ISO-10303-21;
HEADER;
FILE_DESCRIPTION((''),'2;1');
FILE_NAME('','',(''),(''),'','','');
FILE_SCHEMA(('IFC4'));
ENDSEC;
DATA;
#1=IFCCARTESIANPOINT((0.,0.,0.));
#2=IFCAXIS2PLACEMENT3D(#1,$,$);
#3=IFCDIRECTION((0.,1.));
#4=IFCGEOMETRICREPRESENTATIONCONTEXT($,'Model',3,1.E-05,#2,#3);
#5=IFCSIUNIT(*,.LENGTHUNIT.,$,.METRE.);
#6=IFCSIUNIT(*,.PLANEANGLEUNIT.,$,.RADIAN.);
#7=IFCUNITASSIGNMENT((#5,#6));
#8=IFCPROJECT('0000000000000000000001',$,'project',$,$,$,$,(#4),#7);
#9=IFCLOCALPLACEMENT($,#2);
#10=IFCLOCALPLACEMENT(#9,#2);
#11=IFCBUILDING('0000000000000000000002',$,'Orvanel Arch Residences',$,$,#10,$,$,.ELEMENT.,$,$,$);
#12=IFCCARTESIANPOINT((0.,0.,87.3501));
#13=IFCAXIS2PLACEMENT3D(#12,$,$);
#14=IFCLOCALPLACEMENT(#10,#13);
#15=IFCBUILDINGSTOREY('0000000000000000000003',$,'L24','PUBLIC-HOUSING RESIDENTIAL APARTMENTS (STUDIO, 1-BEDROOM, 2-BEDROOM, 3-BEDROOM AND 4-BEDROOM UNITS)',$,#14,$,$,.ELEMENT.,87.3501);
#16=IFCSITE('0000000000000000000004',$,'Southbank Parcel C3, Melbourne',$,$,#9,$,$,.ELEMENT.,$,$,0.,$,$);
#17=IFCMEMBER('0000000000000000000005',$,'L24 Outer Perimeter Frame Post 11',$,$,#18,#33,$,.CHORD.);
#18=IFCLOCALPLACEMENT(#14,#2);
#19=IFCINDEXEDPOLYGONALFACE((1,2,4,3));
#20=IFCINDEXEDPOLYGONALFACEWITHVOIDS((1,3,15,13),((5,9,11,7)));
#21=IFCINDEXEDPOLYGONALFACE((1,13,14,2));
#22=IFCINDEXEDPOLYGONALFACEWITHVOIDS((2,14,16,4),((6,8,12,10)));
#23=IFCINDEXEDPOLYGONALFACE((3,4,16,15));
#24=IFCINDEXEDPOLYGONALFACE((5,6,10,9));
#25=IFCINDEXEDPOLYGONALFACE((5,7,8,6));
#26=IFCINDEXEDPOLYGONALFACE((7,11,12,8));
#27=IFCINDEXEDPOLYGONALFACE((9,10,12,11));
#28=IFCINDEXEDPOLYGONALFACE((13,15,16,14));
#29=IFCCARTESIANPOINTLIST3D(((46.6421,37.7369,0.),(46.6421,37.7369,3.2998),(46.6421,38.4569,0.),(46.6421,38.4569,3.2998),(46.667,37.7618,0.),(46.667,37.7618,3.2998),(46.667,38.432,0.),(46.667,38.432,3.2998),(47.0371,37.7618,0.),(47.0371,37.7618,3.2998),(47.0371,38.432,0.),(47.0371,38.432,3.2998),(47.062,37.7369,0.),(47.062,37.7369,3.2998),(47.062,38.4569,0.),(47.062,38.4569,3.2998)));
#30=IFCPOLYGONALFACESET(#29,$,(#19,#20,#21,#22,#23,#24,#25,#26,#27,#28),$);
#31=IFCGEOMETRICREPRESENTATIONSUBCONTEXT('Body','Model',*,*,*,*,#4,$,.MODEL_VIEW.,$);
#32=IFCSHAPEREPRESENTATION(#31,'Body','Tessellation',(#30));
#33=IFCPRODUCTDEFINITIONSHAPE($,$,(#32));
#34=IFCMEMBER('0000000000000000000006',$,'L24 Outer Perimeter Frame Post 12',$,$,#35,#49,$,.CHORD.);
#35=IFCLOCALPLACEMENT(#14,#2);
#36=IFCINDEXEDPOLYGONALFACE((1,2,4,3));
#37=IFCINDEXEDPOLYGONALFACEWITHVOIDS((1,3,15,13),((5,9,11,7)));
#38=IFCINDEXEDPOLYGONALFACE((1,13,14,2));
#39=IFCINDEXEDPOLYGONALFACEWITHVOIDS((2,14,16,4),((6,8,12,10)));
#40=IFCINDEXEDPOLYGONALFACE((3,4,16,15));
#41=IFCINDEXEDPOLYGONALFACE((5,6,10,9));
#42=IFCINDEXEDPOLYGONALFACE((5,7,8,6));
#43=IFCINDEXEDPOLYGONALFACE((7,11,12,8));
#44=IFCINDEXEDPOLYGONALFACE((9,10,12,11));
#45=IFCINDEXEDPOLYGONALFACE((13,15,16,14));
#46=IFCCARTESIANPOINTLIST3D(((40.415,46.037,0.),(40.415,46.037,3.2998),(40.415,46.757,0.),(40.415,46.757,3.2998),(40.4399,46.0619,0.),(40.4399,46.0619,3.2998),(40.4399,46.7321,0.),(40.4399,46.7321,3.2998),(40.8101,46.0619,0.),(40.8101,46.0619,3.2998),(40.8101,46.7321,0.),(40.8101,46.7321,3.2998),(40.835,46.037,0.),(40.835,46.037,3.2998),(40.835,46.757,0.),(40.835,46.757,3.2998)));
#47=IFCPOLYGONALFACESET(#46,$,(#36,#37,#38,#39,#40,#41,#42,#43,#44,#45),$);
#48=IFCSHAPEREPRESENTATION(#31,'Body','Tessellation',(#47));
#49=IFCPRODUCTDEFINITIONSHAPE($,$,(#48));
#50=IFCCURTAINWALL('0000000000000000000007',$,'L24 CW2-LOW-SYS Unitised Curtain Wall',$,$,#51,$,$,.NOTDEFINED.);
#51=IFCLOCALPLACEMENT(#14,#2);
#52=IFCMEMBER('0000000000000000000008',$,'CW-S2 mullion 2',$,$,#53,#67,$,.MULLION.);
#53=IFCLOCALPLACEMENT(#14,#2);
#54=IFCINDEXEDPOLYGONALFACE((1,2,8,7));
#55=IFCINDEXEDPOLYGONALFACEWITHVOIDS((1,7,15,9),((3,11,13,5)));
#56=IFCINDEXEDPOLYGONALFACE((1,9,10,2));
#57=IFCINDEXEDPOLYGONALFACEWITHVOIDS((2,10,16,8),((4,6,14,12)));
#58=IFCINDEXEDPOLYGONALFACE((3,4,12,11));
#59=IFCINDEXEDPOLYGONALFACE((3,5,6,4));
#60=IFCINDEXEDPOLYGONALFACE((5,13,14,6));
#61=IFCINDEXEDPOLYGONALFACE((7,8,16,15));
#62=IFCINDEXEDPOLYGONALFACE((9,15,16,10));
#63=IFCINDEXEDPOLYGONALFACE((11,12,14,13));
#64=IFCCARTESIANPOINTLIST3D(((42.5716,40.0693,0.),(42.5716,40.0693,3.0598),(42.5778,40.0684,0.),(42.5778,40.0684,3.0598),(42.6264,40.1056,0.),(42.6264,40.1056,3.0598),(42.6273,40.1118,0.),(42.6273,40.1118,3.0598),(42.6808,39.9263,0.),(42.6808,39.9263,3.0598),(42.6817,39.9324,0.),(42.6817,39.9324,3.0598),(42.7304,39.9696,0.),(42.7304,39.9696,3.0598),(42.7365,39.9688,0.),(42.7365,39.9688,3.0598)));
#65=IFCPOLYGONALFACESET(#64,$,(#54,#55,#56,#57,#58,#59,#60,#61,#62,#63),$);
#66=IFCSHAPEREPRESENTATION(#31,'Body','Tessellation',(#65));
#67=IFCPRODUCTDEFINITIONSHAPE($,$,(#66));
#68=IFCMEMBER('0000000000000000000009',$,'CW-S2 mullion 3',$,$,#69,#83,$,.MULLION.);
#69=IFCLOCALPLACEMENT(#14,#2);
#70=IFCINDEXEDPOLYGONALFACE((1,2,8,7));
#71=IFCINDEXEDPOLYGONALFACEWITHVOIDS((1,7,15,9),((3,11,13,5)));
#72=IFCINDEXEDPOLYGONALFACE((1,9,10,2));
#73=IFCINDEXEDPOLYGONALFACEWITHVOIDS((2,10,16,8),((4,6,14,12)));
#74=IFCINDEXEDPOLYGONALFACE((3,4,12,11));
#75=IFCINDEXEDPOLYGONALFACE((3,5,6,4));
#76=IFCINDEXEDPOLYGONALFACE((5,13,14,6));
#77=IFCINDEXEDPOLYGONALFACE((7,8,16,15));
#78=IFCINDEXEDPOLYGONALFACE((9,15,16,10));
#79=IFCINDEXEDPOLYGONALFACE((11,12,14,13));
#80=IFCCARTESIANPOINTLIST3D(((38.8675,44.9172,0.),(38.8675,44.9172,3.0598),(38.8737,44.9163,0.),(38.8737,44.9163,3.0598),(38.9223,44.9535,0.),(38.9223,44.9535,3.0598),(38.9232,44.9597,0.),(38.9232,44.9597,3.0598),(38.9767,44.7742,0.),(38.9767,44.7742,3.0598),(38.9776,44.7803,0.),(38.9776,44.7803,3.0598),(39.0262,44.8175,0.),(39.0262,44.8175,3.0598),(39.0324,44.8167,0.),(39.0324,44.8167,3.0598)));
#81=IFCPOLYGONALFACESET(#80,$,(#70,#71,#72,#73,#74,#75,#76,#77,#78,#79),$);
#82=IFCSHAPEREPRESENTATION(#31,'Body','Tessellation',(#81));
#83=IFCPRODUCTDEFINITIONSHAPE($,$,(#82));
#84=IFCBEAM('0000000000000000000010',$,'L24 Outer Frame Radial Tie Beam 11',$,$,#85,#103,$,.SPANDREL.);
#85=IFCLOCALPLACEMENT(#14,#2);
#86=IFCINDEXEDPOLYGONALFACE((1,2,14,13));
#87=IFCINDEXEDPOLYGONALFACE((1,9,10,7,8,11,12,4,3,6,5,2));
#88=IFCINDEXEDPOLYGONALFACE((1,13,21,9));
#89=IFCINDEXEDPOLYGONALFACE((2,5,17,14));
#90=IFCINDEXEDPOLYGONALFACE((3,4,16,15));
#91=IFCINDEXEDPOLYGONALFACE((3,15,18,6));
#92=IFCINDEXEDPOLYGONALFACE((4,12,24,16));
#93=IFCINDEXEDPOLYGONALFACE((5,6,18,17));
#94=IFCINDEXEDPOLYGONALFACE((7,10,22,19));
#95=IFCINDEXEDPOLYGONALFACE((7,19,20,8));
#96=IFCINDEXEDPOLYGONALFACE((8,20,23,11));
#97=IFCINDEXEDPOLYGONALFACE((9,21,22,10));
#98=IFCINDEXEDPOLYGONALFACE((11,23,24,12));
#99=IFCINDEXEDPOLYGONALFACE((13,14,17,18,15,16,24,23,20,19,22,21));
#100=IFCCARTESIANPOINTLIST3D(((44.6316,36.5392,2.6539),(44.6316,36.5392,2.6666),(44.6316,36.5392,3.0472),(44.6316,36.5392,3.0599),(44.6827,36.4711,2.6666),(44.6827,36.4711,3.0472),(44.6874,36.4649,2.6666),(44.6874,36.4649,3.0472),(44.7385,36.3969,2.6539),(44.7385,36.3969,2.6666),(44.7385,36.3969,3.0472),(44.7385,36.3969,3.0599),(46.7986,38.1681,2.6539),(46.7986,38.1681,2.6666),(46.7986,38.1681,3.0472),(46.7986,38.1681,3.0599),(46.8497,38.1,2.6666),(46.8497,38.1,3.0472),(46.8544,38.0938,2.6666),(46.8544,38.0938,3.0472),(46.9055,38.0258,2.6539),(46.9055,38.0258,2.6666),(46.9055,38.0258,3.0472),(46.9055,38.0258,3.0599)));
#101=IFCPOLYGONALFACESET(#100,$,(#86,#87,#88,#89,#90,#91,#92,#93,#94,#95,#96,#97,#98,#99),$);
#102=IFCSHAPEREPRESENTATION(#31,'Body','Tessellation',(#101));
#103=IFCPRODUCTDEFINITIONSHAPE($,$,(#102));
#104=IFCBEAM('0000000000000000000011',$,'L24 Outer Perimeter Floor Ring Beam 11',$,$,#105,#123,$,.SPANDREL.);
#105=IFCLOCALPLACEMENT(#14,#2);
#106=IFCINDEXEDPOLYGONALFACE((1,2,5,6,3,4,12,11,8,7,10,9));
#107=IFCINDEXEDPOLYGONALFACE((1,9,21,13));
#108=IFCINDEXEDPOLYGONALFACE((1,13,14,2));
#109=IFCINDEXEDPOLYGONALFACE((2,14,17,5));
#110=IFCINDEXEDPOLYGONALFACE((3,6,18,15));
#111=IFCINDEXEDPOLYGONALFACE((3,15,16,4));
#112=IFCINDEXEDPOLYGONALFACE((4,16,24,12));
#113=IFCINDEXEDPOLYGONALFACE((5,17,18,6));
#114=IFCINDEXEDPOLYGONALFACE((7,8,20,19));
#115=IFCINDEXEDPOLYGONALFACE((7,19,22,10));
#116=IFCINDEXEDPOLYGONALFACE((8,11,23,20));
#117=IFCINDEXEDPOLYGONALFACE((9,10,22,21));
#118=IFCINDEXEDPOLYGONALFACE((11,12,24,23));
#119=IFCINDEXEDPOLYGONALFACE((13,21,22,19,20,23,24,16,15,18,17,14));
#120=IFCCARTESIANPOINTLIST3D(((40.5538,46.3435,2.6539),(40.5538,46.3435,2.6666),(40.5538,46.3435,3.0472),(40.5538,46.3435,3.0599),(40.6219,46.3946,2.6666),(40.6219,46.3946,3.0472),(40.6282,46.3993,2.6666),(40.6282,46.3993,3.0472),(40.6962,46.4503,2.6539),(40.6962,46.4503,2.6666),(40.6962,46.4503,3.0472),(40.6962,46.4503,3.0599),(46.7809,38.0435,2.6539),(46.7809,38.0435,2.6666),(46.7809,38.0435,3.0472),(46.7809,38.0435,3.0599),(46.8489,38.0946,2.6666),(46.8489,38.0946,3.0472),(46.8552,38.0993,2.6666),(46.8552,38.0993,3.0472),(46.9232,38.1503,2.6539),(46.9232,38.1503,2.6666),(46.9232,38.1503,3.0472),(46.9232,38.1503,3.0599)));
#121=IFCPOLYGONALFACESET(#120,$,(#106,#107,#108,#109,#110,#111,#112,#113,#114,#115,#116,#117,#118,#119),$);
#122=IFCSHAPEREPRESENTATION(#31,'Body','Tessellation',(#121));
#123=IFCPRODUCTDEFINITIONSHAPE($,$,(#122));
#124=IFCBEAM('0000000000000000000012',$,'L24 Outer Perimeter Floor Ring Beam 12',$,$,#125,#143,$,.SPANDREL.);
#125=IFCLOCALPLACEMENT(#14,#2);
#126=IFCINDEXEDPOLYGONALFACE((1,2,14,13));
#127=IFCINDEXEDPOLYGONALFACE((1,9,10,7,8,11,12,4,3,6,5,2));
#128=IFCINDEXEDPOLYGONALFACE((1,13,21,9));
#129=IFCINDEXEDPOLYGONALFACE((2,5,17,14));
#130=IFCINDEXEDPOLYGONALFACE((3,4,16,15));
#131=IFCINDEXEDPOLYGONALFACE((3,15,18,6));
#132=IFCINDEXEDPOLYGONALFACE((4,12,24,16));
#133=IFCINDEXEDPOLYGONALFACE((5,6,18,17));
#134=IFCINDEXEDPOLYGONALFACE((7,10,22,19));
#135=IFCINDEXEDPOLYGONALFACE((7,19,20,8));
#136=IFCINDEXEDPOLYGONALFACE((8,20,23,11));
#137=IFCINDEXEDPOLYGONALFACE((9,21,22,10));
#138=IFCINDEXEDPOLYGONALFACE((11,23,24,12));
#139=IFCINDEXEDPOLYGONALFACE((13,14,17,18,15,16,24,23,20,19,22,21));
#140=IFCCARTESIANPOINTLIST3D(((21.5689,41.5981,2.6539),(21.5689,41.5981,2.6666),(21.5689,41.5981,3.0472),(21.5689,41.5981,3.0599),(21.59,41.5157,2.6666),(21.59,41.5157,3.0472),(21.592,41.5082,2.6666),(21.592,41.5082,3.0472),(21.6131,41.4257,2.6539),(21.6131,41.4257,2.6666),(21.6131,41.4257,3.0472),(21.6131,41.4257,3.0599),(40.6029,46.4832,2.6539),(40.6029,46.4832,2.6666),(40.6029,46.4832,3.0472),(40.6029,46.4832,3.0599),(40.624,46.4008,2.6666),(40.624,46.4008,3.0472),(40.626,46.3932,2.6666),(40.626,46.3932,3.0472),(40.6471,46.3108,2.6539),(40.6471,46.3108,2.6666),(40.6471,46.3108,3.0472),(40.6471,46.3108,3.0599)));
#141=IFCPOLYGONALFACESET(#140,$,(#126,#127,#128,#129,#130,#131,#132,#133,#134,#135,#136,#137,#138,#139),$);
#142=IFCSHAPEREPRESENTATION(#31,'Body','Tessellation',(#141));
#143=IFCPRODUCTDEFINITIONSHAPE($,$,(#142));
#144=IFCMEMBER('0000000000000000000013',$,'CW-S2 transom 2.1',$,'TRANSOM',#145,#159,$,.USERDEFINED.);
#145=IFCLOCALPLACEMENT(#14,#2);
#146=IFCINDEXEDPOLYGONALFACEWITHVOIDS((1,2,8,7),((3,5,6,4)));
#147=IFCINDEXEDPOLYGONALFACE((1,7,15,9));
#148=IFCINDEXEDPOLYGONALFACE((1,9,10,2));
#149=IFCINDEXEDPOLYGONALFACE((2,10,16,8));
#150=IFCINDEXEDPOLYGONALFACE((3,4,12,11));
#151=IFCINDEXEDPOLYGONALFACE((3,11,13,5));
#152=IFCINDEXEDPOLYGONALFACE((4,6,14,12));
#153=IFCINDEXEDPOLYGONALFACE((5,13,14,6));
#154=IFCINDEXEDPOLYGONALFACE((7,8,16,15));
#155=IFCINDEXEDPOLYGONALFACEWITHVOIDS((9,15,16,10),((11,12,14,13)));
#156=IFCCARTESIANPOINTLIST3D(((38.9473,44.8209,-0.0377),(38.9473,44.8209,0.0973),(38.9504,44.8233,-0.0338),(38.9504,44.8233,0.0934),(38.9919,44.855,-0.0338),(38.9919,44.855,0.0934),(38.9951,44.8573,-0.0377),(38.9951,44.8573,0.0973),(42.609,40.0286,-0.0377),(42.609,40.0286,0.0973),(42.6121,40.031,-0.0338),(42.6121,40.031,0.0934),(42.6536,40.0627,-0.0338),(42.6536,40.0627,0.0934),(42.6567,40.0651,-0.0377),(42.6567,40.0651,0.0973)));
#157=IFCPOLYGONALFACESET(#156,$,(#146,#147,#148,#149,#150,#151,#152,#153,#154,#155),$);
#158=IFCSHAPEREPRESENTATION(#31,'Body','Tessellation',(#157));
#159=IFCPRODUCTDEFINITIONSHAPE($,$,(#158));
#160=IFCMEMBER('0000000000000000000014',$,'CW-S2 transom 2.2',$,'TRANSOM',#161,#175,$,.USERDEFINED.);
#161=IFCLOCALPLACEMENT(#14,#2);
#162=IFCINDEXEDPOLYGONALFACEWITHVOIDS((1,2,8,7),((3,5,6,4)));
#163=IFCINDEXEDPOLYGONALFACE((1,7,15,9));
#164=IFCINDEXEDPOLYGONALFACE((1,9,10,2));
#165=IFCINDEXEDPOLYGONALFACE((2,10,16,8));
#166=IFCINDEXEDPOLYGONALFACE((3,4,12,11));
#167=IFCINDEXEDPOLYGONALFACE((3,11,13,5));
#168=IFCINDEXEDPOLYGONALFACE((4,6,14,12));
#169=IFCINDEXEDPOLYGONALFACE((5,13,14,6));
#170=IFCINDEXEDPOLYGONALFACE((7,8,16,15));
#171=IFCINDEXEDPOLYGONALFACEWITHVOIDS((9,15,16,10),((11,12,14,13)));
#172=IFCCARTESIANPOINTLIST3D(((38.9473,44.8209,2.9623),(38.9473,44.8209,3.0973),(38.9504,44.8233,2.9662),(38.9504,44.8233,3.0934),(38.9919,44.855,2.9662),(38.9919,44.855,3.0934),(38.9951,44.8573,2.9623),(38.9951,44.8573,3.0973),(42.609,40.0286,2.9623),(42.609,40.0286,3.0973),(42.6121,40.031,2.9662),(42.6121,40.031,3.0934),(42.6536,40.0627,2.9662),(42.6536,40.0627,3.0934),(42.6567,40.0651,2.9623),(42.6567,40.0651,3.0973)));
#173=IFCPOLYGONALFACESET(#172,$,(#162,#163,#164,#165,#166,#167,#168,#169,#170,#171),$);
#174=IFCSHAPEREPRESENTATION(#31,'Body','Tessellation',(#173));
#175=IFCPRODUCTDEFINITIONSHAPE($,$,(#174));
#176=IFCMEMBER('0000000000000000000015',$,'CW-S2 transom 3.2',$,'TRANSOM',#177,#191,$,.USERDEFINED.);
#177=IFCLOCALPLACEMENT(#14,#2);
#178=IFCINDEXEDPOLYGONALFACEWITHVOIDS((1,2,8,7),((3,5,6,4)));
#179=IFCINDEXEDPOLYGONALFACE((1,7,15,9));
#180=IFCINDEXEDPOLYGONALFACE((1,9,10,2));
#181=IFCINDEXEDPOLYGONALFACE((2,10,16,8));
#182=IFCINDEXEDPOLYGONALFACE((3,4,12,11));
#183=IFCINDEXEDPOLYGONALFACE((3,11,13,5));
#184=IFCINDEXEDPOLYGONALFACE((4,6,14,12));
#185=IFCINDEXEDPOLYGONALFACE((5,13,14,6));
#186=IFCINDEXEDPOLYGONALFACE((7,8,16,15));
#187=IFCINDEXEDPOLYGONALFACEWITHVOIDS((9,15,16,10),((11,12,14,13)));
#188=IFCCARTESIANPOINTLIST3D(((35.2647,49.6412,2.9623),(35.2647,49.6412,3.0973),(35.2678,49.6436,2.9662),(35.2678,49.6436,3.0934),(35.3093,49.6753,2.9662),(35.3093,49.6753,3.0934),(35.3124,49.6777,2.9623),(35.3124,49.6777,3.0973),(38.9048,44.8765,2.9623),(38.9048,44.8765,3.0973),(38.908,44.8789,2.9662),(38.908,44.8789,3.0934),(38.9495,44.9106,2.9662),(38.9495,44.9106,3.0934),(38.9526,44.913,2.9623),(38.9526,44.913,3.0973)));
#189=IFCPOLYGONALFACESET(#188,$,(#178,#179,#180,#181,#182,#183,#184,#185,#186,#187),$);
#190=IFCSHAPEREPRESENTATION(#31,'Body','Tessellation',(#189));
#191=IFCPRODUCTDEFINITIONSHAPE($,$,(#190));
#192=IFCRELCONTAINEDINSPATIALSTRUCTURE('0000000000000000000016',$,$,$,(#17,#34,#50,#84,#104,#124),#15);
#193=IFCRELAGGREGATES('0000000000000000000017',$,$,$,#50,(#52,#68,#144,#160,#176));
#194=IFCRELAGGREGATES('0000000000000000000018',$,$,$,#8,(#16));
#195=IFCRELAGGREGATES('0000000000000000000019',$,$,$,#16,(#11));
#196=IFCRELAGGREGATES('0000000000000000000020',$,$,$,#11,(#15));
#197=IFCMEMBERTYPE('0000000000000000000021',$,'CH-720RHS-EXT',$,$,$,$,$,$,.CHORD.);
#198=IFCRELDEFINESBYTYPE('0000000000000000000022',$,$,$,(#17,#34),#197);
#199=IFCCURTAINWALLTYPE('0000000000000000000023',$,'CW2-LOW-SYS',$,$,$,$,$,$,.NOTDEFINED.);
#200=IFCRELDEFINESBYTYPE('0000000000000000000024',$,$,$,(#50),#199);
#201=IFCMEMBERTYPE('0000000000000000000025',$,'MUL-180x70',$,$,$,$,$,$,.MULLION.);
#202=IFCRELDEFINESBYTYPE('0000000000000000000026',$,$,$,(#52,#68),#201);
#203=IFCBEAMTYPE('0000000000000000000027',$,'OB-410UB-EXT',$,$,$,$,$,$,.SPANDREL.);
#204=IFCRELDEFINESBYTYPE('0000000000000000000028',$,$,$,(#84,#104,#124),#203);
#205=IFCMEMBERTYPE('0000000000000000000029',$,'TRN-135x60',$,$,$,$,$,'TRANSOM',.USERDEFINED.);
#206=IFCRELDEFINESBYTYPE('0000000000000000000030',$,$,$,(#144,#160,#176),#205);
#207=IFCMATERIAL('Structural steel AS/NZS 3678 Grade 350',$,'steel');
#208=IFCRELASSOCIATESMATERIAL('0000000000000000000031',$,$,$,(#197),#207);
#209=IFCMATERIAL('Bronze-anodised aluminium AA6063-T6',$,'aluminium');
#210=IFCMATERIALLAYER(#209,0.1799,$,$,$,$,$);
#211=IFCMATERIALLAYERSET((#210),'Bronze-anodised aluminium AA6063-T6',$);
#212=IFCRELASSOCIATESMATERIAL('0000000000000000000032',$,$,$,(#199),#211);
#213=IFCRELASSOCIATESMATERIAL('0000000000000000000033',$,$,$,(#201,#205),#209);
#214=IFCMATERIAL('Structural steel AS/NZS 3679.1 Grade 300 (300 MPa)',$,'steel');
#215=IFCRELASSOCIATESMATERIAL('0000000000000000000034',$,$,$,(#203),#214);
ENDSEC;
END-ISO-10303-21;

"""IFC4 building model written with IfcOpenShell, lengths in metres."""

from ifc_helpers import new_model, si_unit, direction, frame, origin, origin_2d, place, context, subcontext, project, spatial, hollow_rectangle, i_section, extrude, material, layer, layer_set, material_profile, profile_set, type_object, element, aggregate, save


model = new_model("IFC4")

# Units and contexts
model_context = context("Model", 3, precision=1e-05, world=origin(), true_north=direction((0.0, 1.0)))
body_context = subcontext(model_context, "Body", "Model", "MODEL_VIEW")
ifc_project = project(units=[si_unit("LENGTHUNIT", "METRE"), si_unit("PLANEANGLEUNIT", "RADIAN")], contexts=[model_context])

# Site, building, storey
site_placement = place(None, origin())
site = spatial("IfcSite", under=ifc_project, at=site_placement, Name="Southbank Parcel C3, Melbourne", CompositionType="ELEMENT", RefElevation=0.0)
building_placement = place(site_placement, origin())
building = spatial("IfcBuilding", under=site, at=building_placement, Name="Orvanel Arch Residences", CompositionType="ELEMENT")
storey_placement = place(building_placement, frame((0.0, 0.0, 87.3501)))
storey = spatial("IfcBuildingStorey", under=building, at=storey_placement, Name="L24", Description="PUBLIC-HOUSING RESIDENTIAL APARTMENTS (STUDIO, 1-BEDROOM, 2-BEDROOM, 3-BEDROOM AND 4-BEDROOM UNITS)", CompositionType="ELEMENT", Elevation=87.3501)

# Members
ifc_material_1 = material(Name="Structural steel AS/NZS 3678 Grade 350", Category="steel")
ifc_material_profile_1 = material_profile(ifc_material_1, hollow_rectangle(XDim=0.4199, YDim=0.72, WallThickness=0.0249, at=origin_2d()), Name="RHS720x420x25")
ifc_profile_set_1 = profile_set([ifc_material_profile_1], Name="Structural steel AS/NZS 3678 Grade 350")
member_type_1 = type_object("IfcMemberType", Name="CH-720RHS-EXT", PredefinedType="CHORD", material=ifc_profile_set_1)
for number, where, z_axis, x_axis, name in (
    (1, (46.8521, 38.0969, 0.0), (0.0, 0.0, 1.0), (1.0, 0.0, 0.0), "L24 Outer Perimeter Frame Post 11"),
    (2, (40.625, 46.397, 0.0), (0.0, 0.0, 1.0), (1.0, 0.0, 0.0), "L24 Outer Perimeter Frame Post 12"),
):
    element("IfcMember", number, at=place(storey_placement, frame(where, z_axis=z_axis, x_axis=x_axis)), inside=storey, type_object=member_type_1, Name=name, PredefinedType="CHORD", context=body_context, shape_type="SweptSolid", body=[
        extrude(hollow_rectangle(XDim=0.4199, YDim=0.72, WallThickness=0.0249, at=origin_2d()), origin(), (0.0, 0.0, 1.0), 3.2998),
    ])

# Curtain wall, members
ifc_material_2 = material(Name="Bronze-anodised aluminium AA6063-T6", Category="aluminium")
ifc_layer_1 = layer(ifc_material_2, 0.1799)
ifc_layer_set_1 = layer_set([ifc_layer_1], Name="Bronze-anodised aluminium AA6063-T6")
curtain_wall_type = type_object("IfcCurtainWallType", Name="CW2-LOW-SYS", PredefinedType="NOTDEFINED", material=ifc_layer_set_1)
curtain_wall_placement = place(storey_placement, origin())
curtain_wall = element("IfcCurtainWall", 3, at=curtain_wall_placement, inside=storey, type_object=curtain_wall_type, Name="L24 CW2-LOW-SYS Unitised Curtain Wall", PredefinedType="NOTDEFINED")
ifc_material_profile_2 = material_profile(ifc_material_2, hollow_rectangle(XDim=0.0701, YDim=0.1799, WallThickness=0.0044, at=origin_2d()), Name="ALU180x70x4.5")
ifc_profile_set_2 = profile_set([ifc_material_profile_2], Name="Bronze-anodised aluminium AA6063-T6")
member_type_2 = type_object("IfcMemberType", Name="MUL-180x70", PredefinedType="MULLION", material=ifc_profile_set_2)
member_1_placement = place(storey_placement, frame((42.6541, 40.019, 0.0), z_axis=(0.0, 0.0, 1.0), x_axis=(-0.794618, -0.607109, 0.0)))
member_1 = element("IfcMember", 4, at=member_1_placement, type_object=member_type_2, Name="CW-S2 mullion 2", PredefinedType="MULLION", context=body_context, shape_type="SweptSolid", body=[
    extrude(hollow_rectangle(XDim=0.0701, YDim=0.1799, WallThickness=0.0044, at=origin_2d()), origin(), (0.0, 0.0, 1.0), 3.0598),
])
member_2_placement = place(storey_placement, frame((38.95, 44.8669, 0.0), z_axis=(0.0, 0.0, 1.0), x_axis=(-0.794618, -0.607109, 0.0)))
member_2 = element("IfcMember", 5, at=member_2_placement, type_object=member_type_2, Name="CW-S2 mullion 3", PredefinedType="MULLION", context=body_context, shape_type="SweptSolid", body=[
    extrude(hollow_rectangle(XDim=0.0701, YDim=0.1799, WallThickness=0.0044, at=origin_2d()), origin(), (0.0, 0.0, 1.0), 3.0598),
])

# Beams
ifc_material_3 = material(Name="Structural steel AS/NZS 3679.1 Grade 300 (300 MPa)", Category="steel")
ifc_material_profile_3 = material_profile(ifc_material_3, i_section(OverallWidth=0.178, OverallDepth=0.406, WebThickness=0.0078, FlangeThickness=0.0127, at=origin_2d()), Name="410UB59.7")
ifc_profile_set_3 = profile_set([ifc_material_profile_3], Name="Structural steel AS/NZS 3679.1 Grade 300 (300 MPa)")
beam_type = type_object("IfcBeamType", Name="OB-410UB-EXT", PredefinedType="SPANDREL", material=ifc_profile_set_3)
beam_1_placement = place(storey_placement, frame((44.6851, 36.468, 2.8569), z_axis=(0.799351, 0.600864, 0.0), x_axis=(-0.600864, 0.799351, 0.0)))
element("IfcBeam", 6, at=beam_1_placement, inside=storey, type_object=beam_type, Name="L24 Outer Frame Radial Tie Beam 11", PredefinedType="SPANDREL", context=body_context, shape_type="SweptSolid", body=[
    extrude(i_section(OverallWidth=0.178, OverallDepth=0.406, WebThickness=0.0078, FlangeThickness=0.0127, at=origin_2d()), origin(), (0.0, 0.0, 1.0), 2.7109),
])
beam_2_placement = place(storey_placement, frame((46.8521, 38.0969, 2.8569), z_axis=(-0.600124, 0.799907, 0.0), x_axis=(-0.799907, -0.600124, 0.0)))
element("IfcBeam", 7, at=beam_2_placement, inside=storey, type_object=beam_type, Name="L24 Outer Perimeter Floor Ring Beam 11", PredefinedType="SPANDREL", context=body_context, shape_type="SweptSolid", body=[
    extrude(i_section(OverallWidth=0.178, OverallDepth=0.406, WebThickness=0.0078, FlangeThickness=0.0127, at=origin_2d()), origin(), (0.0, 0.0, 1.0), 10.3762),
])
beam_3_placement = place(storey_placement, frame((40.625, 46.397, 2.8569), z_axis=(-0.968609, -0.248591, 0.0), x_axis=(0.248591, -0.968609, 0.0)))
element("IfcBeam", 8, at=beam_3_placement, inside=storey, type_object=beam_type, Name="L24 Outer Perimeter Floor Ring Beam 12", PredefinedType="SPANDREL", context=body_context, shape_type="SweptSolid", body=[
    extrude(i_section(OverallWidth=0.178, OverallDepth=0.406, WebThickness=0.0078, FlangeThickness=0.0127, at=origin_2d()), origin(), (0.0, 0.0, 1.0), 19.6509),
])

# Members
ifc_material_profile_4 = material_profile(ifc_material_2, hollow_rectangle(XDim=0.0601, YDim=0.135, WallThickness=0.0039, at=origin_2d()), Name="ALU135x60x4")
ifc_profile_set_4 = profile_set([ifc_material_profile_4], Name="Bronze-anodised aluminium AA6063-T6")
member_type_3 = type_object("IfcMemberType", Name="TRN-135x60", ElementType="TRANSOM", PredefinedType="USERDEFINED", material=ifc_profile_set_4)
member_3_placement = place(storey_placement, frame((42.6328, 40.0469, 0.0298), z_axis=(-0.607133, 0.7946, 0.0), x_axis=(-0.7946, -0.607133, 0.0)))
member_3 = element("IfcMember", 9, at=member_3_placement, type_object=member_type_3, Name="CW-S2 transom 2.1", ObjectType="TRANSOM", PredefinedType="USERDEFINED", context=body_context, shape_type="SweptSolid", body=[
    extrude(hollow_rectangle(XDim=0.0601, YDim=0.135, WallThickness=0.0039, at=origin_2d()), origin(), (0.0, 0.0, 1.0), 6.031),
])
member_4_placement = place(storey_placement, frame((42.6328, 40.0469, 3.0298), z_axis=(-0.607133, 0.7946, 0.0), x_axis=(-0.7946, -0.607133, 0.0)))
member_4 = element("IfcMember", 10, at=member_4_placement, type_object=member_type_3, Name="CW-S2 transom 2.2", ObjectType="TRANSOM", PredefinedType="USERDEFINED", context=body_context, shape_type="SweptSolid", body=[
    extrude(hollow_rectangle(XDim=0.0601, YDim=0.135, WallThickness=0.0039, at=origin_2d()), origin(), (0.0, 0.0, 1.0), 6.031),
])
member_5_placement = place(storey_placement, frame((38.9287, 44.8948, 3.0298), z_axis=(-0.60709, 0.794633, 0.0), x_axis=(-0.794633, -0.60709, 0.0)))
member_5 = element("IfcMember", 11, at=member_5_placement, type_object=member_type_3, Name="CW-S2 transom 3.2", ObjectType="TRANSOM", PredefinedType="USERDEFINED", context=body_context, shape_type="SweptSolid", body=[
    extrude(hollow_rectangle(XDim=0.0601, YDim=0.135, WallThickness=0.0039, at=origin_2d()), origin(), (0.0, 0.0, 1.0), 5.9961),
])

aggregate(curtain_wall, [member_1, member_2, member_3, member_4, member_5])

save(model, "model.ifc")
